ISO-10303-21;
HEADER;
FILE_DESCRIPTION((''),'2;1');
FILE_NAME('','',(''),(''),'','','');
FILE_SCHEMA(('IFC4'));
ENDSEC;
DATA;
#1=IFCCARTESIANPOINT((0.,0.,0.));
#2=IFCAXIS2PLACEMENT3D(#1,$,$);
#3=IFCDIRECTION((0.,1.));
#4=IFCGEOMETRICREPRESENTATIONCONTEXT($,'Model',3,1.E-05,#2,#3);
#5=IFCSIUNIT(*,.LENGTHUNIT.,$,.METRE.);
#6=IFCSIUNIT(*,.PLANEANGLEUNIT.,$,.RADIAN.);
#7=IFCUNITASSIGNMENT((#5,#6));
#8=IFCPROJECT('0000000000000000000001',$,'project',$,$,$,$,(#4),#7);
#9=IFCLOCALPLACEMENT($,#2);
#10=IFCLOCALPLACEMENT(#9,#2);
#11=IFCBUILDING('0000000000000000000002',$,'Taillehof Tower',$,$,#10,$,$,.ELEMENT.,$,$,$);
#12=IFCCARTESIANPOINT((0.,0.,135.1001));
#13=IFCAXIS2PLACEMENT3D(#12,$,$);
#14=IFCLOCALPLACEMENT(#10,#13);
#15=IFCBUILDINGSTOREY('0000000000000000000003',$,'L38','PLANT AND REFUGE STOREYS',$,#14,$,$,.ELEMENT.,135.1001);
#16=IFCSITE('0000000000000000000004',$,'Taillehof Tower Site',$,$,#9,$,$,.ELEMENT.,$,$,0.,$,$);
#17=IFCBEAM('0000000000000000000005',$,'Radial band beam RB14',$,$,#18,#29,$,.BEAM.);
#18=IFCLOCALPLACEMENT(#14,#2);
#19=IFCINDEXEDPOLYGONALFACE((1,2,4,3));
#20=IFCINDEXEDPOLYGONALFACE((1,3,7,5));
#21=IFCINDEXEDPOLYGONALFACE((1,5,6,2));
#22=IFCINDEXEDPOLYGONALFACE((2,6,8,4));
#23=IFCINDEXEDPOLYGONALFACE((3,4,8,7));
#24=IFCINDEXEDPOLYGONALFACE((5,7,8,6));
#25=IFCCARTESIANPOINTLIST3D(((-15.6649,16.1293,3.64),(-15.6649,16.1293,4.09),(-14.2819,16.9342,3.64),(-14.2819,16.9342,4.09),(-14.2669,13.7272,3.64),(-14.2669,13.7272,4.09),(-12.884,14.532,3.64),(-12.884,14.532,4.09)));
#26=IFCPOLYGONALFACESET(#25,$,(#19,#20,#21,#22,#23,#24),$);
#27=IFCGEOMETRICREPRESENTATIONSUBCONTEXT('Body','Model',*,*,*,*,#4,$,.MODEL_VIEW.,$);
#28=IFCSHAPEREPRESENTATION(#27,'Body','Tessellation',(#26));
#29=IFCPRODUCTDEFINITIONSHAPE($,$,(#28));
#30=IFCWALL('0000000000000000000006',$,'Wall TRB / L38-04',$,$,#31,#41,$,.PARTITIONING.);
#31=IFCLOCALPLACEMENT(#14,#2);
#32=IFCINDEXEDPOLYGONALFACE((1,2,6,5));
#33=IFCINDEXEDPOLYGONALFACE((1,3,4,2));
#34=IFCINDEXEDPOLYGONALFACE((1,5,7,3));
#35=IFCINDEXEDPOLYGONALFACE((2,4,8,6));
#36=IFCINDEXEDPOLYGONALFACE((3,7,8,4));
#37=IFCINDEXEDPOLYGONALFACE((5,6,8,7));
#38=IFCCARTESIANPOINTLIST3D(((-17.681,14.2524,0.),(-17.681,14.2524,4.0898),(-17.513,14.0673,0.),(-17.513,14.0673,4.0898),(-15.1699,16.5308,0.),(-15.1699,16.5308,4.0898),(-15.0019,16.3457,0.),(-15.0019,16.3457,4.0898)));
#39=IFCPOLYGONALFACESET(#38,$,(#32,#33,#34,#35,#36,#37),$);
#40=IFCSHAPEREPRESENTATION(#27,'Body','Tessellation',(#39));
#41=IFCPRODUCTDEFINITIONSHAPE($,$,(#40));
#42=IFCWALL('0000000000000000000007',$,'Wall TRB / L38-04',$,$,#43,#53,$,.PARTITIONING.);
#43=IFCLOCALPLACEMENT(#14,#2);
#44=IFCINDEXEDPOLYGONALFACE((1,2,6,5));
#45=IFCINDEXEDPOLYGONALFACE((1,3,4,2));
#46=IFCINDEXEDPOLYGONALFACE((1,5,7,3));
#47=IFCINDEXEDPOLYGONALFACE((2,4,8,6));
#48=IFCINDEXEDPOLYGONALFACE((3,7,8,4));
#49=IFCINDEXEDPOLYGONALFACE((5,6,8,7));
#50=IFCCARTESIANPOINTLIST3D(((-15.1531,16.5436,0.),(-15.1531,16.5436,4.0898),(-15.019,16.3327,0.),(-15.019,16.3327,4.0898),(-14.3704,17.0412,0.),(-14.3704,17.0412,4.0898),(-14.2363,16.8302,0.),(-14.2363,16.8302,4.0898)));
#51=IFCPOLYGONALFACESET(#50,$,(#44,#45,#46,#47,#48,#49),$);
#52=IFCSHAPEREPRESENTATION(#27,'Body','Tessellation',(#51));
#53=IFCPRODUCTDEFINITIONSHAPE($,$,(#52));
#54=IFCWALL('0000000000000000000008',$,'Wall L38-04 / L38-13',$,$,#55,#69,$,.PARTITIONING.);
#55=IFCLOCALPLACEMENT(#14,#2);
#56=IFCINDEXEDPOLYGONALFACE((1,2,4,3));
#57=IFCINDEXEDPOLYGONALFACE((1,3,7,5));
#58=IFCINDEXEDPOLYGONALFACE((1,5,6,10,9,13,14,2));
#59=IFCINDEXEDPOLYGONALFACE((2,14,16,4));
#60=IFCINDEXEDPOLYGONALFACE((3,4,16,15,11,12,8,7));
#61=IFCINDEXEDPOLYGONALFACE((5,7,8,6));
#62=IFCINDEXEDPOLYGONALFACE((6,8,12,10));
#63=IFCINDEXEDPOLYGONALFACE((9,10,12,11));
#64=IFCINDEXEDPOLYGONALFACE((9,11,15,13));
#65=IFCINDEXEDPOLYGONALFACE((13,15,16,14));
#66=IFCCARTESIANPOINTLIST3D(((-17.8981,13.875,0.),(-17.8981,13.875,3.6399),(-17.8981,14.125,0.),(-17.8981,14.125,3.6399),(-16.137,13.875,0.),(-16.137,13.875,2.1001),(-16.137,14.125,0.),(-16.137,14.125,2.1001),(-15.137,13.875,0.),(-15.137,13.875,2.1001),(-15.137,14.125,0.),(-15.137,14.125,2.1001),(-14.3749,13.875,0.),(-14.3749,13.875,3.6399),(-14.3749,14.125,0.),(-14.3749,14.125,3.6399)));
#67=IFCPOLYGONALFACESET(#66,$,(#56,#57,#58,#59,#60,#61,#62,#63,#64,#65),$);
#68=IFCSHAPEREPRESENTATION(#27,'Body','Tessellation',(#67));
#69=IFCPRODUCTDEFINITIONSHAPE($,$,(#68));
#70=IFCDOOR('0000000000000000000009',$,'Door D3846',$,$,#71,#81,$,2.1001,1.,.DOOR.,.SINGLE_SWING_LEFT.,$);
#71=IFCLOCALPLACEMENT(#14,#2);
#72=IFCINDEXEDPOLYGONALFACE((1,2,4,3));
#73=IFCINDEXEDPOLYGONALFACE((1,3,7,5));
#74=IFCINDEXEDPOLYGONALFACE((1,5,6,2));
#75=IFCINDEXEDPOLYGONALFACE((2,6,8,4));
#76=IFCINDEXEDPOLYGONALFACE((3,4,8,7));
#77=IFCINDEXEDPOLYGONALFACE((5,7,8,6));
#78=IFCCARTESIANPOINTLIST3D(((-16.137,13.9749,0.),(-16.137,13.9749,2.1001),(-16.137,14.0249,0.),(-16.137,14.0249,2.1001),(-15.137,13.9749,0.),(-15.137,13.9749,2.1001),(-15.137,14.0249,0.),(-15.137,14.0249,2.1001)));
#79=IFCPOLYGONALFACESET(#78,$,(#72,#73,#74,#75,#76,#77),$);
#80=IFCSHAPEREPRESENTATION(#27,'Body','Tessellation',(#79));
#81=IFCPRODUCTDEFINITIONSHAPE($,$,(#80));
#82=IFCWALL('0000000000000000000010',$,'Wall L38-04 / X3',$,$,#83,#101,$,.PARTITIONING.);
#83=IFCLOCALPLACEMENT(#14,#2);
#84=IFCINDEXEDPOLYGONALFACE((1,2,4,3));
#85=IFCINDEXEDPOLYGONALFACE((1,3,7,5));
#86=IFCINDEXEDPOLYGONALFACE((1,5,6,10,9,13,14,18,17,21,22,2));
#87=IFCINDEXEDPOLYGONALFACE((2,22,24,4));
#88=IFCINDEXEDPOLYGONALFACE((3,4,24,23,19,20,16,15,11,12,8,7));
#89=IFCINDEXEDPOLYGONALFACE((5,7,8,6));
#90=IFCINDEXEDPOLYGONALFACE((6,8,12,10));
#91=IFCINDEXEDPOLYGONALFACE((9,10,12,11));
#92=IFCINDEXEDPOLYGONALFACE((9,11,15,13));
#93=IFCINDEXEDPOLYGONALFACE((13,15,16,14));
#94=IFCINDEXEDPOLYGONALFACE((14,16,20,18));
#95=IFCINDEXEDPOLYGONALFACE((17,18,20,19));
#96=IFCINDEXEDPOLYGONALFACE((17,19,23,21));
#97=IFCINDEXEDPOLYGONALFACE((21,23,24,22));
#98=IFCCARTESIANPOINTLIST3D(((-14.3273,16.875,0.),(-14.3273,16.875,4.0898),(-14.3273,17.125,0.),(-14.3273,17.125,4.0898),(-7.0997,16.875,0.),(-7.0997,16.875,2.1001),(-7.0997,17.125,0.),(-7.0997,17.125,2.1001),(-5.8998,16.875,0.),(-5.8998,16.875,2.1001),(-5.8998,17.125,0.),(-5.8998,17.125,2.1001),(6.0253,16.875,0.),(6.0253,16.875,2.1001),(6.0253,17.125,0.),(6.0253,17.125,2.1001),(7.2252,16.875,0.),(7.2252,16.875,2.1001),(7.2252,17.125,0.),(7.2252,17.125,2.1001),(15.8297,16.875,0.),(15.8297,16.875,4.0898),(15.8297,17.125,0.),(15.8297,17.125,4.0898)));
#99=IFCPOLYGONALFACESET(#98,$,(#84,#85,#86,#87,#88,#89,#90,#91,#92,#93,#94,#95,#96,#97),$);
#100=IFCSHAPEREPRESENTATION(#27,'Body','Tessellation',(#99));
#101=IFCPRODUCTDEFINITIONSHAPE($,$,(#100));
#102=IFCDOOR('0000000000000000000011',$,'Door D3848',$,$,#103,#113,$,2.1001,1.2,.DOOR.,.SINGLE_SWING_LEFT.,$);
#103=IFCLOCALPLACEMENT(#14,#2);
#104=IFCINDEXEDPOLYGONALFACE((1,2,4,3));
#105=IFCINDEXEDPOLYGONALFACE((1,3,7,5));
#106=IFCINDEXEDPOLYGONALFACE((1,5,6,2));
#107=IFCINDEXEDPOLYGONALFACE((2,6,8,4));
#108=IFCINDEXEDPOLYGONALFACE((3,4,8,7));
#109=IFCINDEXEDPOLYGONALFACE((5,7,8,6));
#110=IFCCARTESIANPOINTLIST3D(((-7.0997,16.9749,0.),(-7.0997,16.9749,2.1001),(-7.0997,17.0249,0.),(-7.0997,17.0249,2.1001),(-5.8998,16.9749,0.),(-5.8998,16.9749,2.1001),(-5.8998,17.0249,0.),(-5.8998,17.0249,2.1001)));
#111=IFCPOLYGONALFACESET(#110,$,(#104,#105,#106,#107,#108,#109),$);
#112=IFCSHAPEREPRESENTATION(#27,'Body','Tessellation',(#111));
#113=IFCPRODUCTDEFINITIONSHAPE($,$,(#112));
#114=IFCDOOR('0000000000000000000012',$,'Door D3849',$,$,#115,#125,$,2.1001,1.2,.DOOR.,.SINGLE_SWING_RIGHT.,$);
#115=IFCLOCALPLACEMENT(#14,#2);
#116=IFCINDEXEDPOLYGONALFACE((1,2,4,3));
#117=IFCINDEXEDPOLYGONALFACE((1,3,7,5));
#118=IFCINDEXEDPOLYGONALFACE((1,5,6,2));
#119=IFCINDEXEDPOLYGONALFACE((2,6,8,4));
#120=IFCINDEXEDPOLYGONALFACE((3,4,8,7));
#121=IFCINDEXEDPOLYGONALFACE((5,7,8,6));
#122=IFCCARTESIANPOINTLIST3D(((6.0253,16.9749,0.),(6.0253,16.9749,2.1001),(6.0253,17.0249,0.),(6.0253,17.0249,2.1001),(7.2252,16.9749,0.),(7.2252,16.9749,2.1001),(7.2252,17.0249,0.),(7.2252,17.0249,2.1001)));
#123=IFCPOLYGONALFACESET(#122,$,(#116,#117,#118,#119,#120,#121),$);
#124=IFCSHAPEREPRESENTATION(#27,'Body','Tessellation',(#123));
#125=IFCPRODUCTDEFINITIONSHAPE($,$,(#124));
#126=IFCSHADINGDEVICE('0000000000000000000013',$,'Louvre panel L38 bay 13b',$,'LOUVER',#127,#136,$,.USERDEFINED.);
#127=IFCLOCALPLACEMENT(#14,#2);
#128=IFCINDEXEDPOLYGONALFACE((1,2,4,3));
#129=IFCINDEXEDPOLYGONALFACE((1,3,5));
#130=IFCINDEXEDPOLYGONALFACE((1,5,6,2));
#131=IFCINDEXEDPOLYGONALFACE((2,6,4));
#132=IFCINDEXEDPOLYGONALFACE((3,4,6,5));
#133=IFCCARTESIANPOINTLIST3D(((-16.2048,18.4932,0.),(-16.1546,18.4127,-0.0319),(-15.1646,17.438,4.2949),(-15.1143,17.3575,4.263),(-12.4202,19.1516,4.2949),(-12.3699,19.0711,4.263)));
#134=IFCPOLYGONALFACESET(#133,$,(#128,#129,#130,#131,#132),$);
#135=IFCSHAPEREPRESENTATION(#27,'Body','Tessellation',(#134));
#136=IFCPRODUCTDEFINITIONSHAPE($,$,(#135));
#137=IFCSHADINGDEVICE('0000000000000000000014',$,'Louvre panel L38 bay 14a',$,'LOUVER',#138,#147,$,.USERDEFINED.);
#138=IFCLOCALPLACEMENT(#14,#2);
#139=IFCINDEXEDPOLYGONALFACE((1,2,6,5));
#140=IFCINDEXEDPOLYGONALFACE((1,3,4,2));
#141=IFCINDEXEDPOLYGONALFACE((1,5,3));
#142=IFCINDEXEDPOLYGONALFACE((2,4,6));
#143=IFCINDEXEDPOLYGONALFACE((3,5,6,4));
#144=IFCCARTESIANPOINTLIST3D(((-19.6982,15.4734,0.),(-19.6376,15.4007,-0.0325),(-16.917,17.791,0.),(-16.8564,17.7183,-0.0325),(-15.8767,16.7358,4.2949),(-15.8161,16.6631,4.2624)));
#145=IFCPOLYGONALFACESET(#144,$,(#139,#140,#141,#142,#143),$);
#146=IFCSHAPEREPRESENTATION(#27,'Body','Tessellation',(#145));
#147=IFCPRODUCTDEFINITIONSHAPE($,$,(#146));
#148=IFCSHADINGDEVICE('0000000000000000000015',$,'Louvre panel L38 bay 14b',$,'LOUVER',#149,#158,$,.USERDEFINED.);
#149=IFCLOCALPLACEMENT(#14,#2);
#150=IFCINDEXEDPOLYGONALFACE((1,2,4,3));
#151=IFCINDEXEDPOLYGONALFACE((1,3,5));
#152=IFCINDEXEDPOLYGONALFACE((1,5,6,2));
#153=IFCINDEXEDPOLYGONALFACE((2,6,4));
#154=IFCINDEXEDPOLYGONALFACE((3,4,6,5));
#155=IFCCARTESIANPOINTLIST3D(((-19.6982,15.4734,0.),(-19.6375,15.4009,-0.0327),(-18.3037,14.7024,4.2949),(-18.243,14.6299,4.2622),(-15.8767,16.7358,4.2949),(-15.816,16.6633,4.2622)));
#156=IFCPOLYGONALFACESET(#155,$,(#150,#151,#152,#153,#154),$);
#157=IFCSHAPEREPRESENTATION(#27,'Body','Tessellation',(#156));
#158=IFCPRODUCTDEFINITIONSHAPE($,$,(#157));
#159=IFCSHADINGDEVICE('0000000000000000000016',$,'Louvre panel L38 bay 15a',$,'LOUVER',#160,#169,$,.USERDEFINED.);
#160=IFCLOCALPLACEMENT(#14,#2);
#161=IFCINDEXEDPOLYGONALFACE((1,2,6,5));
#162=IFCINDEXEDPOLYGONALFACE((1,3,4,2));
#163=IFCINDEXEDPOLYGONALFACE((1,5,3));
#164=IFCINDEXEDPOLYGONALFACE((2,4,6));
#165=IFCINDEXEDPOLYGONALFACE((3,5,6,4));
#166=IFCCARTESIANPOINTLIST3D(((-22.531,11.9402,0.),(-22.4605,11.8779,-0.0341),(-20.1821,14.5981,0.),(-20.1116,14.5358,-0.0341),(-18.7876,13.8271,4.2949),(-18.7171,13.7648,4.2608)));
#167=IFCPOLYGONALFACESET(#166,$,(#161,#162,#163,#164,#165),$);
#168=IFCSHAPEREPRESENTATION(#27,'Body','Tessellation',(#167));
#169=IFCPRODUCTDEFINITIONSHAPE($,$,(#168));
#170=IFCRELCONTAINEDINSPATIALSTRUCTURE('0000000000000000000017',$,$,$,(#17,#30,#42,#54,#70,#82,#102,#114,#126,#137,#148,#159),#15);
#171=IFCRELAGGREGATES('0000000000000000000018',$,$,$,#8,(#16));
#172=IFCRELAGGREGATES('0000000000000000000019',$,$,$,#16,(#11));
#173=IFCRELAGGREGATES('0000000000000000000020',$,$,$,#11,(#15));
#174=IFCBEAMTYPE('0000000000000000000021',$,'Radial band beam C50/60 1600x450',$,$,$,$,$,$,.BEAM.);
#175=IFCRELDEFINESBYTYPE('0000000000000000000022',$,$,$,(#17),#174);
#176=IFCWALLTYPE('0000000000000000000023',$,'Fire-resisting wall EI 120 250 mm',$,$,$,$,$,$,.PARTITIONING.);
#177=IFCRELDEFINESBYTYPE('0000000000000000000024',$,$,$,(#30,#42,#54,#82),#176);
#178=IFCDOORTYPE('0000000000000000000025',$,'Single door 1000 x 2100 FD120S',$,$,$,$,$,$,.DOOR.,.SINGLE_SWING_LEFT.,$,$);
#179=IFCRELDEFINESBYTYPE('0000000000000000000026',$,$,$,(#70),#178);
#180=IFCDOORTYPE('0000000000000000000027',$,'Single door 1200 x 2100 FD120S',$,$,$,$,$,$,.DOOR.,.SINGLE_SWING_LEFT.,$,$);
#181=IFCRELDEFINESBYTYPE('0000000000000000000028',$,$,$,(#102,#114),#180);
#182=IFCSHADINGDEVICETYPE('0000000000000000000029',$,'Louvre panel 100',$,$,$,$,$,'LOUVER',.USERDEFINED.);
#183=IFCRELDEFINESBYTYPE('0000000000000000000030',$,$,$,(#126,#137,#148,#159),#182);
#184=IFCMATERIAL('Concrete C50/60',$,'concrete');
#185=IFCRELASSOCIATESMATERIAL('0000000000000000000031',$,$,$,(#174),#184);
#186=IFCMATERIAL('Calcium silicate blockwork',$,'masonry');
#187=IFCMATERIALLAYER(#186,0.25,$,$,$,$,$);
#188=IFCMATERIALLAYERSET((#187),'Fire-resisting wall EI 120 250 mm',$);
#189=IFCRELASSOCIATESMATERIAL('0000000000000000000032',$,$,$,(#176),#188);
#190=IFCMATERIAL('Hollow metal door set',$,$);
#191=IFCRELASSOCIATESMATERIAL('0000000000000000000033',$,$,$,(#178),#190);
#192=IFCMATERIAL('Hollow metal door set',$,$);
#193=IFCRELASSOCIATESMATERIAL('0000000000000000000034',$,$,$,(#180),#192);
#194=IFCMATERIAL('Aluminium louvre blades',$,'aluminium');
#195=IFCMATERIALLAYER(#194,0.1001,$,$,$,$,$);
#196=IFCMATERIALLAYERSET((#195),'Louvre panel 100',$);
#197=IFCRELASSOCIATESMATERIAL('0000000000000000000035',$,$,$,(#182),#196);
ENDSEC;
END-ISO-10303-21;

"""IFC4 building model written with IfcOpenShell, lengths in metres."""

from ifc_helpers import new_model, si_unit, direction, frame, frame_2d, origin, origin_2d, place, context, subcontext, project, spatial, polyline, rectangle, outline, extrude, material, layer, layer_set, material_profile, profile_set, type_object, element, fill, save


model = new_model("IFC4")

# Units and contexts
model_context = context("Model", 3, precision=1e-05, world=origin(), true_north=direction((0.0, 1.0)))
body_context = subcontext(model_context, "Body", "Model", "MODEL_VIEW")
ifc_project = project(units=[si_unit("LENGTHUNIT", "METRE"), si_unit("PLANEANGLEUNIT", "RADIAN")], contexts=[model_context])

# Site, building, storey
site_placement = place(None, origin())
site = spatial("IfcSite", under=ifc_project, at=site_placement, Name="Taillehof Tower Site", CompositionType="ELEMENT", RefElevation=0.0)
building_placement = place(site_placement, origin())
building = spatial("IfcBuilding", under=site, at=building_placement, Name="Taillehof Tower", CompositionType="ELEMENT")
storey_placement = place(building_placement, frame((0.0, 0.0, 135.1001)))
storey = spatial("IfcBuildingStorey", under=building, at=storey_placement, Name="L38", Description="PLANT AND REFUGE STOREYS", CompositionType="ELEMENT", Elevation=135.1001)

# Beam
ifc_material_1 = material(Name="Concrete C50/60", Category="concrete")
ifc_material_profile_1 = material_profile(ifc_material_1, rectangle(XDim=1.6001, YDim=0.45, at=origin_2d()), Name="RC 1600x450")
ifc_profile_set_1 = profile_set([ifc_material_profile_1], Name="Concrete C50/60")
beam_type = type_object("IfcBeamType", Name="Radial band beam C50/60 1600x450", PredefinedType="BEAM", material=ifc_profile_set_1)
beam_placement = place(storey_placement, frame((-14.9734, 16.5317, 3.865), z_axis=(0.502991, -0.864291, 0.0), x_axis=(0.864291, 0.502991, 0.0)))
element("IfcBeam", 1, at=beam_placement, inside=storey, type_object=beam_type, Name="Radial band beam RB14", PredefinedType="BEAM", context=body_context, shape_type="SweptSolid", body=[
    extrude(rectangle(XDim=1.6001, YDim=0.45, at=origin_2d()), origin(), (0.0, 0.0, 1.0), 2.7793),
])

# Walls
ifc_material_2 = material(Name="Calcium silicate blockwork", Category="masonry")
ifc_layer_1 = layer(ifc_material_2, 0.25)
ifc_layer_set_1 = layer_set([ifc_layer_1], Name="Fire-resisting wall EI 120 250 mm")
wall_type = type_object("IfcWallType", Name="Fire-resisting wall EI 120 250 mm", PredefinedType="PARTITIONING", material=ifc_layer_set_1)
wall_1_placement = place(storey_placement, frame((-15.0859, 16.4382, 0.0), z_axis=(0.0, 0.0, 1.0), x_axis=(-0.740585, -0.671963, 0.0)))
element("IfcWall", 2, at=wall_1_placement, inside=storey, type_object=wall_type, Name="Wall TRB / L38-04", PredefinedType="PARTITIONING", context=body_context, shape_type="SweptSolid", body=[
    extrude(rectangle(XDim=3.3906, YDim=0.25, at=frame_2d((1.6953, 0.0))), origin(), (0.0, 0.0, 1.0), 4.0898),
])
wall_2_placement = place(storey_placement, frame((-14.3032, 16.9358, 0.0), z_axis=(0.0, 0.0, 1.0), x_axis=(-0.843922, -0.536467, 0.0)))
element("IfcWall", 3, at=wall_2_placement, inside=storey, type_object=wall_type, Name="Wall TRB / L38-04", PredefinedType="PARTITIONING", context=body_context, shape_type="SweptSolid", body=[
    extrude(rectangle(XDim=0.9275, YDim=0.25, at=frame_2d((0.4639, 0.0))), origin(), (0.0, 0.0, 1.0), 4.0898),
])

# Wall, opening, door
wall_3_placement = place(storey_placement, frame((-17.8982, 14.0, 0.0), z_axis=(0.0, 0.0, 1.0), x_axis=(1.0, 0.0, 0.0)))
wall_3 = element("IfcWall", 4, at=wall_3_placement, inside=storey, type_object=wall_type, Name="Wall L38-04 / L38-13", PredefinedType="PARTITIONING", context=body_context, shape_type="SweptSolid", body=[
    extrude(rectangle(XDim=3.5232, YDim=0.25, at=frame_2d((1.7617, 0.0))), origin(), (0.0, 0.0, 1.0), 3.6399),
])
opening_1_placement = place(wall_3_placement, frame((1.7612, 0.0, 0.0)))
opening_1 = element("IfcOpeningElement", 5, at=opening_1_placement, cuts=wall_3, PredefinedType="OPENING", context=body_context, shape_type="SweptSolid", body=[
    extrude(rectangle(XDim=1.0, YDim=2.1001, at=frame_2d((0.5, 1.05))), frame((0.0, 0.135, 0.0), z_axis=(0.0, -1.0, 0.0), x_axis=(1.0, 0.0, 0.0)), (0.0, 0.0, 1.0), 0.27),
])
ifc_material_3 = material(Name="Hollow metal door set")
door_type_1 = type_object("IfcDoorType", Name="Single door 1000 x 2100 FD120S", OperationType="SINGLE_SWING_LEFT", PredefinedType="DOOR", material=ifc_material_3)
door_1_placement = place(opening_1_placement, origin())
door_1 = element("IfcDoor", 6, at=door_1_placement, inside=storey, type_object=door_type_1, Name="Door D3846", OperationType="SINGLE_SWING_LEFT", OverallHeight=2.1001, OverallWidth=1.0, PredefinedType="DOOR", context=body_context, shape_type="SweptSolid", body=[
    extrude(rectangle(XDim=1.0, YDim=2.1001, at=frame_2d((0.5, 1.05))), frame((0.0, 0.0249, 0.0), z_axis=(0.0, -1.0, 0.0), x_axis=(1.0, 0.0, 0.0)), (0.0, 0.0, 1.0), 0.05),
])
fill(opening_1, door_1)

# Wall, openings, doors
wall_4_placement = place(storey_placement, frame((-14.3274, 17.0, 0.0), z_axis=(0.0, 0.0, 1.0), x_axis=(1.0, 0.0, 0.0)))
wall_4 = element("IfcWall", 7, at=wall_4_placement, inside=storey, type_object=wall_type, Name="Wall L38-04 / X3", PredefinedType="PARTITIONING", context=body_context, shape_type="SweptSolid", body=[
    extrude(rectangle(XDim=30.157, YDim=0.25, at=frame_2d((15.0786, 0.0))), origin(), (0.0, 0.0, 1.0), 4.0898),
])
opening_2_placement = place(wall_4_placement, frame((7.2275, 0.0, 0.0)))
opening_2 = element("IfcOpeningElement", 8, at=opening_2_placement, cuts=wall_4, PredefinedType="OPENING", context=body_context, shape_type="SweptSolid", body=[
    extrude(rectangle(XDim=1.2, YDim=2.1001, at=frame_2d((0.6001, 1.05))), frame((0.0, 0.135, 0.0), z_axis=(0.0, -1.0, 0.0), x_axis=(1.0, 0.0, 0.0)), (0.0, 0.0, 1.0), 0.27),
])
opening_3_placement = place(wall_4_placement, frame((20.3525, 0.0, 0.0)))
opening_3 = element("IfcOpeningElement", 9, at=opening_3_placement, cuts=wall_4, PredefinedType="OPENING", context=body_context, shape_type="SweptSolid", body=[
    extrude(rectangle(XDim=1.2, YDim=2.1001, at=frame_2d((0.6001, 1.05))), frame((0.0, 0.135, 0.0), z_axis=(0.0, -1.0, 0.0), x_axis=(1.0, 0.0, 0.0)), (0.0, 0.0, 1.0), 0.27),
])
ifc_material_4 = material(Name="Hollow metal door set")
door_type_2 = type_object("IfcDoorType", Name="Single door 1200 x 2100 FD120S", OperationType="SINGLE_SWING_LEFT", PredefinedType="DOOR", material=ifc_material_4)
door_2_placement = place(opening_2_placement, origin())
door_2 = element("IfcDoor", 10, at=door_2_placement, inside=storey, type_object=door_type_2, Name="Door D3848", OperationType="SINGLE_SWING_LEFT", OverallHeight=2.1001, OverallWidth=1.2, PredefinedType="DOOR", context=body_context, shape_type="SweptSolid", body=[
    extrude(rectangle(XDim=1.2, YDim=2.1001, at=frame_2d((0.6001, 1.05))), frame((0.0, 0.0249, 0.0), z_axis=(0.0, -1.0, 0.0), x_axis=(1.0, 0.0, 0.0)), (0.0, 0.0, 1.0), 0.05),
])
fill(opening_2, door_2)
door_3_placement = place(opening_3_placement, origin())
door_3 = element("IfcDoor", 11, at=door_3_placement, inside=storey, type_object=door_type_2, Name="Door D3849", OperationType="SINGLE_SWING_RIGHT", OverallHeight=2.1001, OverallWidth=1.2, PredefinedType="DOOR", context=body_context, shape_type="SweptSolid", body=[
    extrude(rectangle(XDim=1.2, YDim=2.1001, at=frame_2d((0.6001, 1.05))), frame((0.0, 0.0249, 0.0), z_axis=(0.0, -1.0, 0.0), x_axis=(1.0, 0.0, 0.0)), (0.0, 0.0, 1.0), 0.05),
])
fill(opening_3, door_3)

# Shading devices
ifc_material_5 = material(Name="Aluminium louvre blades", Category="aluminium")
ifc_layer_2 = layer(ifc_material_5, 0.1001)
ifc_layer_set_2 = layer_set([ifc_layer_2], Name="Louvre panel 100")
shading_device_type = type_object("IfcShadingDeviceType", Name="Louvre panel 100", ElementType="LOUVER", PredefinedType="USERDEFINED", material=ifc_layer_set_2)
shading_device_1_placement = place(storey_placement, frame((-16.2048, 18.4932, 0.0), z_axis=(-0.501954, 0.803885, 0.319078), x_axis=(0.228969, -0.232247, 0.945323)))
element("IfcShadingDevice", 12, at=shading_device_1_placement, inside=storey, type_object=shading_device_type, Name="Louvre panel L38 bay 13b", ObjectType="LOUVER", PredefinedType="USERDEFINED", context=body_context, shape_type="SweptSolid", body=[
    extrude(outline(polyline([(0.0, 0.0), (4.5433, 0.0), (4.7737, 3.2272), (0.0, 0.0)])), origin(), (0.0, 0.0, -1.0), 0.1001),
])
shading_device_2_placement = place(storey_placement, frame((-16.917, 17.791, 0.0), z_axis=(-0.605393, 0.726497, 0.325119), x_axis=(-0.768232, -0.640171, 0.0)))
element("IfcShadingDevice", 13, at=shading_device_2_placement, inside=storey, type_object=shading_device_type, Name="Louvre panel L38 bay 14a", ObjectType="LOUVER", PredefinedType="USERDEFINED", context=body_context, shape_type="SweptSolid", body=[
    extrude(outline(polyline([(0.0, 0.0), (3.6203, 0.0), (-0.1237, 4.5417), (0.0, 0.0)])), origin(), (0.0, 0.0, -1.0), 0.1001),
])
shading_device_3_placement = place(storey_placement, frame((-19.6982, 15.4734, 0.0), z_axis=(-0.606896, 0.724356, 0.327087), x_axis=(0.304417, -0.168303, 0.937552)))
element("IfcShadingDevice", 14, at=shading_device_3_placement, inside=storey, type_object=shading_device_type, Name="Louvre panel L38 bay 14b", ObjectType="LOUVER", PredefinedType="USERDEFINED", context=body_context, shape_type="SweptSolid", body=[
    extrude(outline(polyline([(0.0, 0.0), (4.581, 0.0), (4.9776, 3.1413), (0.0, 0.0)])), origin(), (0.0, 0.0, -1.0), 0.1001),
])
shading_device_4_placement = place(storey_placement, frame((-20.1821, 14.5981, 0.0), z_axis=(-0.704547, 0.622618, 0.34053), x_axis=(-0.662195, -0.749331, 0.0)))
element("IfcShadingDevice", 15, at=shading_device_4_placement, inside=storey, type_object=shading_device_type, Name="Louvre panel L38 bay 15a", ObjectType="LOUVER", PredefinedType="USERDEFINED", context=body_context, shape_type="SweptSolid", body=[
    extrude(outline(polyline([(0.0, 0.0), (3.5471, 0.0), (-0.3457, 4.5679), (0.0, 0.0)])), origin(), (0.0, 0.0, -1.0), 0.1001),
])

save(model, "model.ifc")
